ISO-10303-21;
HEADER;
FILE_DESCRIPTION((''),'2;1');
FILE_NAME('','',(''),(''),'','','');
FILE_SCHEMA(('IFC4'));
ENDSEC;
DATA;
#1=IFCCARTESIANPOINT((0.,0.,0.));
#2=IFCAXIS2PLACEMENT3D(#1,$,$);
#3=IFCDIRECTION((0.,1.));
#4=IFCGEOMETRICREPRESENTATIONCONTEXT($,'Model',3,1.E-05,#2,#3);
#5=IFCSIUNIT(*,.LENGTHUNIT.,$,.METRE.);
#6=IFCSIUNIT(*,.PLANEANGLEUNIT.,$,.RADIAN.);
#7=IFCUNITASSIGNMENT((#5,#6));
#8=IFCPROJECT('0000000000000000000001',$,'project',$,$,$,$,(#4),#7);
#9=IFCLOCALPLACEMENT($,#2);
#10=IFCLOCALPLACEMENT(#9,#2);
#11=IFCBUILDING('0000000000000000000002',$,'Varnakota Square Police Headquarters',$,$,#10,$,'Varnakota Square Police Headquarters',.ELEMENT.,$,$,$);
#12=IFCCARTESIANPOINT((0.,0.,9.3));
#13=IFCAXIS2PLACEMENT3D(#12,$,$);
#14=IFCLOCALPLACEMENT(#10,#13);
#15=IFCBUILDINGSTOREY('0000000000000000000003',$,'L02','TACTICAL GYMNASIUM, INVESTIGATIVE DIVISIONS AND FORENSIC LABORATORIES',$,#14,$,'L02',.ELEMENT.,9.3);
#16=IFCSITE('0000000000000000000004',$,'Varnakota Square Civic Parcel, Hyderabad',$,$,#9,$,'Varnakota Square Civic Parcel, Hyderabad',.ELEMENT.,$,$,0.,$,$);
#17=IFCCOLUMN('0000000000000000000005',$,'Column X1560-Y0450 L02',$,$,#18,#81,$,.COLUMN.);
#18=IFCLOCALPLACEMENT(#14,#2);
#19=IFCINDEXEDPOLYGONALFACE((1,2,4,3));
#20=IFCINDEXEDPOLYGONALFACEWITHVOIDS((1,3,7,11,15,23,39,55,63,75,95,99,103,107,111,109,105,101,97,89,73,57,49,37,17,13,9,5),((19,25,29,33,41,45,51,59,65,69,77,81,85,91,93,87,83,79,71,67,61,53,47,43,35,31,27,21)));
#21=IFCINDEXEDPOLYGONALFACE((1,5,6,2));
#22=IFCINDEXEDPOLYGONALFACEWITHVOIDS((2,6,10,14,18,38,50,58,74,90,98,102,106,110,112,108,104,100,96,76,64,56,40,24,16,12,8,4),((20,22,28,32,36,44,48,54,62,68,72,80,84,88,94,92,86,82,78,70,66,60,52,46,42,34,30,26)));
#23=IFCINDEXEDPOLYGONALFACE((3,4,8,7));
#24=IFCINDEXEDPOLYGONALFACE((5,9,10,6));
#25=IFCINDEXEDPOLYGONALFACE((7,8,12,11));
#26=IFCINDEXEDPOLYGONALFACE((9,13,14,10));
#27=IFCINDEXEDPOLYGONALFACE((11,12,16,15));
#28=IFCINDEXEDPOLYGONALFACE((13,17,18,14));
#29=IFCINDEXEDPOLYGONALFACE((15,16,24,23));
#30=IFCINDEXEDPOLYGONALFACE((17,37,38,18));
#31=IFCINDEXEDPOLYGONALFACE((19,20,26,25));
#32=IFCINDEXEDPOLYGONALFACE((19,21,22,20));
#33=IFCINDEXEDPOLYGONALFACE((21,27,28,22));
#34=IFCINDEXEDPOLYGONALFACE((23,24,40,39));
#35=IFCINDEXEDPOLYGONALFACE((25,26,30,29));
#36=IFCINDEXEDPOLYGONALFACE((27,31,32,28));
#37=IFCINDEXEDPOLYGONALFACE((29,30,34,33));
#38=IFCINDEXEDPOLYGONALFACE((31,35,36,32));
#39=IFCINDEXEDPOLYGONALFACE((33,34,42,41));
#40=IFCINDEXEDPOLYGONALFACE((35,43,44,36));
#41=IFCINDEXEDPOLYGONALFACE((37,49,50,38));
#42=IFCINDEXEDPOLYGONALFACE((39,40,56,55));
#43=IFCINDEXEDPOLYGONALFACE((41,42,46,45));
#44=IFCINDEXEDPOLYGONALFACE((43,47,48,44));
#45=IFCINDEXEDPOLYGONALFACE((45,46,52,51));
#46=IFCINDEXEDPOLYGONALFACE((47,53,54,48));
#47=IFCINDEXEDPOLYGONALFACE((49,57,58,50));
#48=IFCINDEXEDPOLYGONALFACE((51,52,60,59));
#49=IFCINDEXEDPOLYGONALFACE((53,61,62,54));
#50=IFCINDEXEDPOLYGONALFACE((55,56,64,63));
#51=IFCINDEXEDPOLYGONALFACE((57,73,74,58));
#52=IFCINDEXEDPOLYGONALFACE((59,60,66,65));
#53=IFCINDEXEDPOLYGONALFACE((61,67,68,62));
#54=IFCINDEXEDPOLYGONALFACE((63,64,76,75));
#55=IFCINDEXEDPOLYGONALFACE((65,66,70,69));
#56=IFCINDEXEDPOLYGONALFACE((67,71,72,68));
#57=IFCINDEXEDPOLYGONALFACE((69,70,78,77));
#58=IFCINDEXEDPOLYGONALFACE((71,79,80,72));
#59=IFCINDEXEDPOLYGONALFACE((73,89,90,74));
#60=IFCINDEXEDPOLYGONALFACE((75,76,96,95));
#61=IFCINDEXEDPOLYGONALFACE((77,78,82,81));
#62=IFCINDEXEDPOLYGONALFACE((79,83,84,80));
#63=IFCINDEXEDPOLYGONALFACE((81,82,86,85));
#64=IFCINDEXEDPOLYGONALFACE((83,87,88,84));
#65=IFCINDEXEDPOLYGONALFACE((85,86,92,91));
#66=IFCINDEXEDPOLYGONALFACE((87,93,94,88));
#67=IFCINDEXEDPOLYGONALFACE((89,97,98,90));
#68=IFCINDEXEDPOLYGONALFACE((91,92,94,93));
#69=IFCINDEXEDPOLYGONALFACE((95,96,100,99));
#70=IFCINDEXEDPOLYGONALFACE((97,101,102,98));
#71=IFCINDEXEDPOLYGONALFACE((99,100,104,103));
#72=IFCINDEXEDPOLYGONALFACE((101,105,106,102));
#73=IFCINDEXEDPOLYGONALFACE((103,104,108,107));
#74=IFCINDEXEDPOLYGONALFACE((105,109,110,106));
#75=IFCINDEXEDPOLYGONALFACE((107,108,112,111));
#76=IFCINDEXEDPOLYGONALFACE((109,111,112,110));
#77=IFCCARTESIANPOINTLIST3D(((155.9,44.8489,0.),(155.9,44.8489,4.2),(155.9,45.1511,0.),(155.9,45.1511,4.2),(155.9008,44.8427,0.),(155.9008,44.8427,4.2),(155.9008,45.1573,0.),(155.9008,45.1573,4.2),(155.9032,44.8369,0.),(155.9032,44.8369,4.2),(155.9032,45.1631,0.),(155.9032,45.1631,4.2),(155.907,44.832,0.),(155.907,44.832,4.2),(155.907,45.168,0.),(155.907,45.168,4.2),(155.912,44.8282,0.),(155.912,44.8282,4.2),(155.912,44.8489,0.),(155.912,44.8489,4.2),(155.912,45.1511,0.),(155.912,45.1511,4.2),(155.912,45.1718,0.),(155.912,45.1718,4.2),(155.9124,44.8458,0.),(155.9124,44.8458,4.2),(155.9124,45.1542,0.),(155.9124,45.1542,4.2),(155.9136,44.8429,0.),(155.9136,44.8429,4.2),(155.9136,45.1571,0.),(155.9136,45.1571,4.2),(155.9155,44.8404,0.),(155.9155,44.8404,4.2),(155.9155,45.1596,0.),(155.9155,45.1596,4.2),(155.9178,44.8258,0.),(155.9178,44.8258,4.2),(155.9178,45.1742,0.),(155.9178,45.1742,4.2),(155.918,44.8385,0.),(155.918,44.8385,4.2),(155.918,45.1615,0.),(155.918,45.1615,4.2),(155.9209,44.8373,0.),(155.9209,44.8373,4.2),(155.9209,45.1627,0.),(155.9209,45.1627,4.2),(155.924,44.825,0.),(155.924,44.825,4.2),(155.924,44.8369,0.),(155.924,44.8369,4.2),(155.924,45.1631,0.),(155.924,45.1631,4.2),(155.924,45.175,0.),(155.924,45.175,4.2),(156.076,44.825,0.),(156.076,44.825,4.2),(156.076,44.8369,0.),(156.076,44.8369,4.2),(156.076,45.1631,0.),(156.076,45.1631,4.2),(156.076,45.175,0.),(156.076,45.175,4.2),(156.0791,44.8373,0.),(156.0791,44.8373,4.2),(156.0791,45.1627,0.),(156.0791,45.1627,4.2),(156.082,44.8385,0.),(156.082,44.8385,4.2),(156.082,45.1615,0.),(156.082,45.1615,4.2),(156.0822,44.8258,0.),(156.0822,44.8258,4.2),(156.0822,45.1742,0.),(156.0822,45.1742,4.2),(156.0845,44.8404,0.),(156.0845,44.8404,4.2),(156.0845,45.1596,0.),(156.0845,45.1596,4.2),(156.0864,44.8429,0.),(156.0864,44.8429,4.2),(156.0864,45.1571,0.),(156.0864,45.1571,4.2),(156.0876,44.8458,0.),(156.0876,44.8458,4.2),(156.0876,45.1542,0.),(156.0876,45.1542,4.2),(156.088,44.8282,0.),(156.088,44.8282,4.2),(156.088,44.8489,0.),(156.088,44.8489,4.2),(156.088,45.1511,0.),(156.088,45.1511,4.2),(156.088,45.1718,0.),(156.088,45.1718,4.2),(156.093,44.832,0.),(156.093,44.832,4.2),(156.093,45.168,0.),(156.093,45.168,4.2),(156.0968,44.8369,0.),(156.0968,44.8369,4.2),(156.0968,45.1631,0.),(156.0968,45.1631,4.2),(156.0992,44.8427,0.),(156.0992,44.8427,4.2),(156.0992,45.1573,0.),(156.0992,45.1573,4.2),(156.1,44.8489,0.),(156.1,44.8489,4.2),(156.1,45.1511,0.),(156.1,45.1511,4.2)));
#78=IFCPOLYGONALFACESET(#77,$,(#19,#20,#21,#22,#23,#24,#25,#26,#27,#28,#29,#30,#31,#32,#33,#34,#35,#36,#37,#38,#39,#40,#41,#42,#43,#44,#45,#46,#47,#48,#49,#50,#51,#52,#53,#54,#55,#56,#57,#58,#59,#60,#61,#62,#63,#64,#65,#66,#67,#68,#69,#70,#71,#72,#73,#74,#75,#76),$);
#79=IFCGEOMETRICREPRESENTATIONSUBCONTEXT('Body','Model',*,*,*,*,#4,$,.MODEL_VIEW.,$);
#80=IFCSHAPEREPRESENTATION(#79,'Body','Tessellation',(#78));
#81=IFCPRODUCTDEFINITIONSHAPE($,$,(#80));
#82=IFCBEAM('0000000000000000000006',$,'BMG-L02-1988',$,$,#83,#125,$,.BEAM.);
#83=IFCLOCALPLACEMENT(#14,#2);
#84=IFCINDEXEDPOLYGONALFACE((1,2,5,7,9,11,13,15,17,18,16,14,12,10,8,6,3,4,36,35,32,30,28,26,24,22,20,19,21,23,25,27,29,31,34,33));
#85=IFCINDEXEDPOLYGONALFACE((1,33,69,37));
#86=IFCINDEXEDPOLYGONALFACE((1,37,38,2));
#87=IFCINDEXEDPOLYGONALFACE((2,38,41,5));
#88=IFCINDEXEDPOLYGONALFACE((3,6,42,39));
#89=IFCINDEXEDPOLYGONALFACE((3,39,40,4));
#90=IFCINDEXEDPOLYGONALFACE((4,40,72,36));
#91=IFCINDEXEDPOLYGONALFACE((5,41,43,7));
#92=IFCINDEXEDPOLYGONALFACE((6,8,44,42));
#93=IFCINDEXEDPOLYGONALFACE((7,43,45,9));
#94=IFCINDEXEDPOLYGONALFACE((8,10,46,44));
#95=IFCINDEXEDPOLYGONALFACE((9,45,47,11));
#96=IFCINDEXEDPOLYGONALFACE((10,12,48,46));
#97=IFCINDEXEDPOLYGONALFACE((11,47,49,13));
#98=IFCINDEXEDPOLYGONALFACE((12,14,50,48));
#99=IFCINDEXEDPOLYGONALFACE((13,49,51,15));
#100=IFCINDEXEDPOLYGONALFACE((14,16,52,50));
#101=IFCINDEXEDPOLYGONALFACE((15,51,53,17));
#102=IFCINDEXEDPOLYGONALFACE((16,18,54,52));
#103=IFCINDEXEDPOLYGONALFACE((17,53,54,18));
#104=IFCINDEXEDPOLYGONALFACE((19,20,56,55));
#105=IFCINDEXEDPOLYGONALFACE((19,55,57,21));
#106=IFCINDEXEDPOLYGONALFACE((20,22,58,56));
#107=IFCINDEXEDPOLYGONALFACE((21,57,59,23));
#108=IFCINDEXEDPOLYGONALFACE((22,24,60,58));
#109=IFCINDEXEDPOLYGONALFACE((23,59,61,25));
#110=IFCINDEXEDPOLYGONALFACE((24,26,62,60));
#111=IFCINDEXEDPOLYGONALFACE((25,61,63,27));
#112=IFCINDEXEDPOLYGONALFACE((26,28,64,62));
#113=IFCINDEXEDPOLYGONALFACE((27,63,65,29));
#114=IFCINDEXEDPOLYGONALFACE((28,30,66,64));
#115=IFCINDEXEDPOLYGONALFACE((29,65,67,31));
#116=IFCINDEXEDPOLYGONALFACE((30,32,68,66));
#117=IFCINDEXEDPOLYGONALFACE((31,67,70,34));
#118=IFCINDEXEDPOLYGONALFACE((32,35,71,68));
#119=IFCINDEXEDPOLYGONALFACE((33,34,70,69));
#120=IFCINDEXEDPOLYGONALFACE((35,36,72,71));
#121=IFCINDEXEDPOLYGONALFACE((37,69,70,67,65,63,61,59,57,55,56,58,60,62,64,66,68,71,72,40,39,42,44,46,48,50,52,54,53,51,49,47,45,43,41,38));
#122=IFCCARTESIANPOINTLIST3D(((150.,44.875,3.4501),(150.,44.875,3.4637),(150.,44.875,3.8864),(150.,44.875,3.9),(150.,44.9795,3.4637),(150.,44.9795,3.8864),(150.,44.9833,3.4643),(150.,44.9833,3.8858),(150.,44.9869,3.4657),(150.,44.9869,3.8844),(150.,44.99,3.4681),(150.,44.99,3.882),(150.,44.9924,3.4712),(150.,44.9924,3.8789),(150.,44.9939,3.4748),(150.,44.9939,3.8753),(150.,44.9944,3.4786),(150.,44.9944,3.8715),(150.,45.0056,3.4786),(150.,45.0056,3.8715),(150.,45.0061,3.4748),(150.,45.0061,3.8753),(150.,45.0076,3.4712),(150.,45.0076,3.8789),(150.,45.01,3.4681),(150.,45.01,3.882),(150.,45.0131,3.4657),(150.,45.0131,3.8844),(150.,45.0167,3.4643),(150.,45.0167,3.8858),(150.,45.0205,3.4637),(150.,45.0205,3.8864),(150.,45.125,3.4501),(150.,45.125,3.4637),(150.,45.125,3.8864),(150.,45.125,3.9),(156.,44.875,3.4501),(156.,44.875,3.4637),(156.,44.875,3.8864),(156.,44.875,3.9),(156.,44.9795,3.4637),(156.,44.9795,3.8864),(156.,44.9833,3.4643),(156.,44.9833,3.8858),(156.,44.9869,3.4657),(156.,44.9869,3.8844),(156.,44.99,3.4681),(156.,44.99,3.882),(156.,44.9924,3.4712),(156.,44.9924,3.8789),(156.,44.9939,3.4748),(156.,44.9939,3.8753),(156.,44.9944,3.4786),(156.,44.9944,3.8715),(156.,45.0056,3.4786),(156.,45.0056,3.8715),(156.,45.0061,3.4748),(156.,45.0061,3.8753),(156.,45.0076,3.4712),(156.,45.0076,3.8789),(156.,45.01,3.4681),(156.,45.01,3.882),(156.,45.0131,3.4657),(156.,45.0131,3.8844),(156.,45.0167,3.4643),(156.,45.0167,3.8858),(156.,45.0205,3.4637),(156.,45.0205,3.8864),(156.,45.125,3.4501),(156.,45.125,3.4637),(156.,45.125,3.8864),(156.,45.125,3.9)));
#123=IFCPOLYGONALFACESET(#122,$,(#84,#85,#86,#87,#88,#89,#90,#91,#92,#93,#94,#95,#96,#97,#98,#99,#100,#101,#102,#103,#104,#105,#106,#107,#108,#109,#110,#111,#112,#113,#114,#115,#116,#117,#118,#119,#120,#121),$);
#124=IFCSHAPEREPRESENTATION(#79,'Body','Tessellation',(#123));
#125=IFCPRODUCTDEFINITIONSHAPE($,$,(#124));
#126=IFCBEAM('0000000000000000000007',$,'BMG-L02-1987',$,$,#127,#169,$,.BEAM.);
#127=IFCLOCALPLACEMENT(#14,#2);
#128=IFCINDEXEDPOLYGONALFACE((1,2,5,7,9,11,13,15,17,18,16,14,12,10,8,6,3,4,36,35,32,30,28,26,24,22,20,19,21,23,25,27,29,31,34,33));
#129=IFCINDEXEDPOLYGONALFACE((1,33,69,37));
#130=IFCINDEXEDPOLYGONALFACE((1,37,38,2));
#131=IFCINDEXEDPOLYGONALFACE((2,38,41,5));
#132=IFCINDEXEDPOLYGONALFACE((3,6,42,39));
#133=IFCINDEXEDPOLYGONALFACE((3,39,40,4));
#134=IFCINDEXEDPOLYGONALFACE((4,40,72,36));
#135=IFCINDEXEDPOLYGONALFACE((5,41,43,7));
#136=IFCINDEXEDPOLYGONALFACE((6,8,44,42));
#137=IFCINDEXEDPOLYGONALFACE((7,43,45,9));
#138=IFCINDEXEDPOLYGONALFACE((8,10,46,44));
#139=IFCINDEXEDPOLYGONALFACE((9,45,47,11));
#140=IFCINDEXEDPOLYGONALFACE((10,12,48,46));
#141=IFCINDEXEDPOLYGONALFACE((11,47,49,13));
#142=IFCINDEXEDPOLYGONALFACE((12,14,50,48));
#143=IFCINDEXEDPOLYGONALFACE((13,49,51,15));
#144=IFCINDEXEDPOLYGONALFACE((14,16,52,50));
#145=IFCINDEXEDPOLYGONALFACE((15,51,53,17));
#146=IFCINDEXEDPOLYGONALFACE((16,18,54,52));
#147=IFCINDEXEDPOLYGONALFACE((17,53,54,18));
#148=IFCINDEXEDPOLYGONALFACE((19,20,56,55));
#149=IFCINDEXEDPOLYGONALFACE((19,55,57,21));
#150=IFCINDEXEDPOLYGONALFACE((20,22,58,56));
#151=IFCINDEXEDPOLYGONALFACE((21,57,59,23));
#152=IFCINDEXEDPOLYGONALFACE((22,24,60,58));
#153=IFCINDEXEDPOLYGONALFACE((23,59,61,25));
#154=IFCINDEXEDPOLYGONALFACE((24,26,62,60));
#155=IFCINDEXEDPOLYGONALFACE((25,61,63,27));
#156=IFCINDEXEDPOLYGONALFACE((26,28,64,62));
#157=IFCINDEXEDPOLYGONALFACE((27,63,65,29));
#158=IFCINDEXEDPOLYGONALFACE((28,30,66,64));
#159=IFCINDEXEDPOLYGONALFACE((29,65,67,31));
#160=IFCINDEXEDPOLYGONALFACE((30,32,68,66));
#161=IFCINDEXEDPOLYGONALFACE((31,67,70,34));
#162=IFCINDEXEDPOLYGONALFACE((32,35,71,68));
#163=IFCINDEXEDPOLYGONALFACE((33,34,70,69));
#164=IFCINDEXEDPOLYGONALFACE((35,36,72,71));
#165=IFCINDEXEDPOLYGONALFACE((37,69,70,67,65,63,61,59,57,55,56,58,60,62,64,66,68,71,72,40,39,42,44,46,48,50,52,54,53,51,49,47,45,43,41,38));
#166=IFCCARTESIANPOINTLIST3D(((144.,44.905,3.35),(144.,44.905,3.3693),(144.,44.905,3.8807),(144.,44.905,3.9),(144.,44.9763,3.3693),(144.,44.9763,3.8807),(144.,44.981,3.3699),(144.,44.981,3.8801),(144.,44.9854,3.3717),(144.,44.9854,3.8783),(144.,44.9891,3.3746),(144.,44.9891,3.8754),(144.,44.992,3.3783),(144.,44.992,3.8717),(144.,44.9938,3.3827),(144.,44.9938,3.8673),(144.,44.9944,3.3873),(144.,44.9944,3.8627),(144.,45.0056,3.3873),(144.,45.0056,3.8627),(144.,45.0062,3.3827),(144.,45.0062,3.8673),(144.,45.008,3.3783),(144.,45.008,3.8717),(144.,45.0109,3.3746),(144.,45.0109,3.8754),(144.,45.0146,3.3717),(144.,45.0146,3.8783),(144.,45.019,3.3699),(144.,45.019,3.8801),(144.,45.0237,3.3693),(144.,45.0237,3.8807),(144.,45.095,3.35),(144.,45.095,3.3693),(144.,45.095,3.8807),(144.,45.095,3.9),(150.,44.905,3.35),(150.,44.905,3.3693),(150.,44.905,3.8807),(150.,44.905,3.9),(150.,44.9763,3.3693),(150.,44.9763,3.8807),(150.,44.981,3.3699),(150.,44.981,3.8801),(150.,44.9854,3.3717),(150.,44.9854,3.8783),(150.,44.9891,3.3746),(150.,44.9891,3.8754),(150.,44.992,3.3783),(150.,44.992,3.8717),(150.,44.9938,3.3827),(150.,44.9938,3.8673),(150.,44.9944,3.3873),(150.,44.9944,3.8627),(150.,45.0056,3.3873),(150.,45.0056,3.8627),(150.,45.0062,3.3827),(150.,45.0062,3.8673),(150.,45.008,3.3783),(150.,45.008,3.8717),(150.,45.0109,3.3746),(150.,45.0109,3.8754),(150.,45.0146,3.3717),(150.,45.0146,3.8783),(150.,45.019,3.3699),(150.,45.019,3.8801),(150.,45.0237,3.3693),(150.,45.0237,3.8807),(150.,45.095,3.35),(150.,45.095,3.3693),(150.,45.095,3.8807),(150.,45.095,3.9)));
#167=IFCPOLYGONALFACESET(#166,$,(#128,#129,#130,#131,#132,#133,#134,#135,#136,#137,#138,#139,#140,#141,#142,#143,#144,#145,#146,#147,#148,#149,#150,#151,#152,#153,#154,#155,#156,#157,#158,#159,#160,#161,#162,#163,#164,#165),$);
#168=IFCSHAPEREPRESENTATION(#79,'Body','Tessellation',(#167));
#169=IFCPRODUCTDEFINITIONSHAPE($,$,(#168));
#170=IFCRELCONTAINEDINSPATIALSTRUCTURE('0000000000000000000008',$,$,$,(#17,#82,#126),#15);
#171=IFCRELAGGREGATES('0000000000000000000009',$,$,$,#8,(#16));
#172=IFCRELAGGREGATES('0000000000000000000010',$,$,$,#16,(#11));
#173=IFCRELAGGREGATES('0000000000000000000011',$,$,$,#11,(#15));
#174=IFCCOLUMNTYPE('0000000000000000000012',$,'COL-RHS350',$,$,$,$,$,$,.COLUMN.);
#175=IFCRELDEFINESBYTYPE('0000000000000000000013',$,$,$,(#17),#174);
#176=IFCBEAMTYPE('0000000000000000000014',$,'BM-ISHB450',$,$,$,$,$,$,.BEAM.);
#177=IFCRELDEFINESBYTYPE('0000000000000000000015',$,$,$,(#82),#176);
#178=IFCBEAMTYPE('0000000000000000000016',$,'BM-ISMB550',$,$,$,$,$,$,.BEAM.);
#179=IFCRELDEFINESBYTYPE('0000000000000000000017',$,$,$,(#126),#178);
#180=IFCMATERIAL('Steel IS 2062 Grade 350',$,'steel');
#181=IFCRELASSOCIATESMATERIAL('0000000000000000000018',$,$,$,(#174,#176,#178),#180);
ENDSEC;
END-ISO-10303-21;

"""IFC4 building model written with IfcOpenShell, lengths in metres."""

from ifc_helpers import new_model, si_unit, direction, frame, origin, origin_2d, place, context, subcontext, project, spatial, hollow_rectangle, i_section, extrude, material, material_profile, profile_set, type_object, element, save


model = new_model("IFC4")

# Units and contexts
model_context = context("Model", 3, precision=1e-05, world=origin(), true_north=direction((0.0, 1.0)))
body_context = subcontext(model_context, "Body", "Model", "MODEL_VIEW")
ifc_project = project(units=[si_unit("LENGTHUNIT", "METRE"), si_unit("PLANEANGLEUNIT", "RADIAN")], contexts=[model_context])

# Site, building, storey
site_placement = place(None, origin())
site = spatial("IfcSite", under=ifc_project, at=site_placement, Name="Varnakota Square Civic Parcel, Hyderabad", LongName="Varnakota Square Civic Parcel, Hyderabad", CompositionType="ELEMENT", RefElevation=0.0)
building_placement = place(site_placement, origin())
building = spatial("IfcBuilding", under=site, at=building_placement, Name="Varnakota Square Police Headquarters", LongName="Varnakota Square Police Headquarters", CompositionType="ELEMENT")
storey_placement = place(building_placement, frame((0.0, 0.0, 9.3)))
storey = spatial("IfcBuildingStorey", under=building, at=storey_placement, Name="L02", Description="TACTICAL GYMNASIUM, INVESTIGATIVE DIVISIONS AND FORENSIC LABORATORIES", LongName="L02", CompositionType="ELEMENT", Elevation=9.3)

# Column
ifc_material_1 = material(Name="Steel IS 2062 Grade 350", Category="steel")
ifc_material_profile_1 = material_profile(ifc_material_1, hollow_rectangle(XDim=0.2, YDim=0.3501, WallThickness=0.012, InnerFilletRadius=0.012, OuterFilletRadius=0.0239, at=origin_2d()), Name="RHS 350x200x12")
ifc_profile_set_1 = profile_set([ifc_material_profile_1], Name="Steel IS 2062 Grade 350")
column_type_1 = type_object("IfcColumnType", Name="COL-RHS350", PredefinedType="COLUMN", material=ifc_profile_set_1)
for number, where, z_axis, x_axis, name in (
    (1, (156.0, 45.0, 0.0), (0.0, 0.0, 1.0), (1.0, 0.0, 0.0), "Column X1560-Y0450 L02"),
):
    element("IfcColumn", number, at=place(storey_placement, frame(where, z_axis=z_axis, x_axis=x_axis)), inside=storey, type_object=column_type_1, Name=name, PredefinedType="COLUMN", context=body_context, shape_type="SweptSolid", body=[
        extrude(hollow_rectangle(XDim=0.2, YDim=0.3501, WallThickness=0.012, InnerFilletRadius=0.012, OuterFilletRadius=0.0239, at=origin_2d()), origin(), (0.0, 0.0, 1.0), 4.2),
    ])

# Beams
ifc_material_profile_2 = material_profile(ifc_material_1, i_section(OverallWidth=0.25, OverallDepth=0.45, WebThickness=0.0112, FlangeThickness=0.0137, FilletRadius=0.0149, at=origin_2d()), Name="ISHB 450")
ifc_profile_set_2 = profile_set([ifc_material_profile_2], Name="Steel IS 2062 Grade 350")
beam_type_1 = type_object("IfcBeamType", Name="BM-ISHB450", PredefinedType="BEAM", material=ifc_profile_set_2)
beam_1_placement = place(storey_placement, frame((150.0, 45.0, 3.675), z_axis=(1.0, 0.0, 0.0), x_axis=(0.0, 1.0, 0.0)))
element("IfcBeam", 2, at=beam_1_placement, inside=storey, type_object=beam_type_1, Name="BMG-L02-1988", PredefinedType="BEAM", context=body_context, shape_type="SweptSolid", body=[
    extrude(i_section(OverallWidth=0.25, OverallDepth=0.45, WebThickness=0.0112, FlangeThickness=0.0137, FilletRadius=0.0149, at=origin_2d()), origin(), (0.0, 0.0, 1.0), 6.0),
])
ifc_material_profile_3 = material_profile(ifc_material_1, i_section(OverallWidth=0.1899, OverallDepth=0.55, WebThickness=0.0112, FlangeThickness=0.0193, FilletRadius=0.0181, at=origin_2d()), Name="ISMB 550")
ifc_profile_set_3 = profile_set([ifc_material_profile_3], Name="Steel IS 2062 Grade 350")
beam_type_2 = type_object("IfcBeamType", Name="BM-ISMB550", PredefinedType="BEAM", material=ifc_profile_set_3)
beam_2_placement = place(storey_placement, frame((144.0, 45.0, 3.625), z_axis=(1.0, 0.0, 0.0), x_axis=(0.0, 1.0, 0.0)))
element("IfcBeam", 3, at=beam_2_placement, inside=storey, type_object=beam_type_2, Name="BMG-L02-1987", PredefinedType="BEAM", context=body_context, shape_type="SweptSolid", body=[
    extrude(i_section(OverallWidth=0.1899, OverallDepth=0.55, WebThickness=0.0112, FlangeThickness=0.0193, FilletRadius=0.0181, at=origin_2d()), origin(), (0.0, 0.0, 1.0), 6.0),
])

save(model, "model.ifc")
